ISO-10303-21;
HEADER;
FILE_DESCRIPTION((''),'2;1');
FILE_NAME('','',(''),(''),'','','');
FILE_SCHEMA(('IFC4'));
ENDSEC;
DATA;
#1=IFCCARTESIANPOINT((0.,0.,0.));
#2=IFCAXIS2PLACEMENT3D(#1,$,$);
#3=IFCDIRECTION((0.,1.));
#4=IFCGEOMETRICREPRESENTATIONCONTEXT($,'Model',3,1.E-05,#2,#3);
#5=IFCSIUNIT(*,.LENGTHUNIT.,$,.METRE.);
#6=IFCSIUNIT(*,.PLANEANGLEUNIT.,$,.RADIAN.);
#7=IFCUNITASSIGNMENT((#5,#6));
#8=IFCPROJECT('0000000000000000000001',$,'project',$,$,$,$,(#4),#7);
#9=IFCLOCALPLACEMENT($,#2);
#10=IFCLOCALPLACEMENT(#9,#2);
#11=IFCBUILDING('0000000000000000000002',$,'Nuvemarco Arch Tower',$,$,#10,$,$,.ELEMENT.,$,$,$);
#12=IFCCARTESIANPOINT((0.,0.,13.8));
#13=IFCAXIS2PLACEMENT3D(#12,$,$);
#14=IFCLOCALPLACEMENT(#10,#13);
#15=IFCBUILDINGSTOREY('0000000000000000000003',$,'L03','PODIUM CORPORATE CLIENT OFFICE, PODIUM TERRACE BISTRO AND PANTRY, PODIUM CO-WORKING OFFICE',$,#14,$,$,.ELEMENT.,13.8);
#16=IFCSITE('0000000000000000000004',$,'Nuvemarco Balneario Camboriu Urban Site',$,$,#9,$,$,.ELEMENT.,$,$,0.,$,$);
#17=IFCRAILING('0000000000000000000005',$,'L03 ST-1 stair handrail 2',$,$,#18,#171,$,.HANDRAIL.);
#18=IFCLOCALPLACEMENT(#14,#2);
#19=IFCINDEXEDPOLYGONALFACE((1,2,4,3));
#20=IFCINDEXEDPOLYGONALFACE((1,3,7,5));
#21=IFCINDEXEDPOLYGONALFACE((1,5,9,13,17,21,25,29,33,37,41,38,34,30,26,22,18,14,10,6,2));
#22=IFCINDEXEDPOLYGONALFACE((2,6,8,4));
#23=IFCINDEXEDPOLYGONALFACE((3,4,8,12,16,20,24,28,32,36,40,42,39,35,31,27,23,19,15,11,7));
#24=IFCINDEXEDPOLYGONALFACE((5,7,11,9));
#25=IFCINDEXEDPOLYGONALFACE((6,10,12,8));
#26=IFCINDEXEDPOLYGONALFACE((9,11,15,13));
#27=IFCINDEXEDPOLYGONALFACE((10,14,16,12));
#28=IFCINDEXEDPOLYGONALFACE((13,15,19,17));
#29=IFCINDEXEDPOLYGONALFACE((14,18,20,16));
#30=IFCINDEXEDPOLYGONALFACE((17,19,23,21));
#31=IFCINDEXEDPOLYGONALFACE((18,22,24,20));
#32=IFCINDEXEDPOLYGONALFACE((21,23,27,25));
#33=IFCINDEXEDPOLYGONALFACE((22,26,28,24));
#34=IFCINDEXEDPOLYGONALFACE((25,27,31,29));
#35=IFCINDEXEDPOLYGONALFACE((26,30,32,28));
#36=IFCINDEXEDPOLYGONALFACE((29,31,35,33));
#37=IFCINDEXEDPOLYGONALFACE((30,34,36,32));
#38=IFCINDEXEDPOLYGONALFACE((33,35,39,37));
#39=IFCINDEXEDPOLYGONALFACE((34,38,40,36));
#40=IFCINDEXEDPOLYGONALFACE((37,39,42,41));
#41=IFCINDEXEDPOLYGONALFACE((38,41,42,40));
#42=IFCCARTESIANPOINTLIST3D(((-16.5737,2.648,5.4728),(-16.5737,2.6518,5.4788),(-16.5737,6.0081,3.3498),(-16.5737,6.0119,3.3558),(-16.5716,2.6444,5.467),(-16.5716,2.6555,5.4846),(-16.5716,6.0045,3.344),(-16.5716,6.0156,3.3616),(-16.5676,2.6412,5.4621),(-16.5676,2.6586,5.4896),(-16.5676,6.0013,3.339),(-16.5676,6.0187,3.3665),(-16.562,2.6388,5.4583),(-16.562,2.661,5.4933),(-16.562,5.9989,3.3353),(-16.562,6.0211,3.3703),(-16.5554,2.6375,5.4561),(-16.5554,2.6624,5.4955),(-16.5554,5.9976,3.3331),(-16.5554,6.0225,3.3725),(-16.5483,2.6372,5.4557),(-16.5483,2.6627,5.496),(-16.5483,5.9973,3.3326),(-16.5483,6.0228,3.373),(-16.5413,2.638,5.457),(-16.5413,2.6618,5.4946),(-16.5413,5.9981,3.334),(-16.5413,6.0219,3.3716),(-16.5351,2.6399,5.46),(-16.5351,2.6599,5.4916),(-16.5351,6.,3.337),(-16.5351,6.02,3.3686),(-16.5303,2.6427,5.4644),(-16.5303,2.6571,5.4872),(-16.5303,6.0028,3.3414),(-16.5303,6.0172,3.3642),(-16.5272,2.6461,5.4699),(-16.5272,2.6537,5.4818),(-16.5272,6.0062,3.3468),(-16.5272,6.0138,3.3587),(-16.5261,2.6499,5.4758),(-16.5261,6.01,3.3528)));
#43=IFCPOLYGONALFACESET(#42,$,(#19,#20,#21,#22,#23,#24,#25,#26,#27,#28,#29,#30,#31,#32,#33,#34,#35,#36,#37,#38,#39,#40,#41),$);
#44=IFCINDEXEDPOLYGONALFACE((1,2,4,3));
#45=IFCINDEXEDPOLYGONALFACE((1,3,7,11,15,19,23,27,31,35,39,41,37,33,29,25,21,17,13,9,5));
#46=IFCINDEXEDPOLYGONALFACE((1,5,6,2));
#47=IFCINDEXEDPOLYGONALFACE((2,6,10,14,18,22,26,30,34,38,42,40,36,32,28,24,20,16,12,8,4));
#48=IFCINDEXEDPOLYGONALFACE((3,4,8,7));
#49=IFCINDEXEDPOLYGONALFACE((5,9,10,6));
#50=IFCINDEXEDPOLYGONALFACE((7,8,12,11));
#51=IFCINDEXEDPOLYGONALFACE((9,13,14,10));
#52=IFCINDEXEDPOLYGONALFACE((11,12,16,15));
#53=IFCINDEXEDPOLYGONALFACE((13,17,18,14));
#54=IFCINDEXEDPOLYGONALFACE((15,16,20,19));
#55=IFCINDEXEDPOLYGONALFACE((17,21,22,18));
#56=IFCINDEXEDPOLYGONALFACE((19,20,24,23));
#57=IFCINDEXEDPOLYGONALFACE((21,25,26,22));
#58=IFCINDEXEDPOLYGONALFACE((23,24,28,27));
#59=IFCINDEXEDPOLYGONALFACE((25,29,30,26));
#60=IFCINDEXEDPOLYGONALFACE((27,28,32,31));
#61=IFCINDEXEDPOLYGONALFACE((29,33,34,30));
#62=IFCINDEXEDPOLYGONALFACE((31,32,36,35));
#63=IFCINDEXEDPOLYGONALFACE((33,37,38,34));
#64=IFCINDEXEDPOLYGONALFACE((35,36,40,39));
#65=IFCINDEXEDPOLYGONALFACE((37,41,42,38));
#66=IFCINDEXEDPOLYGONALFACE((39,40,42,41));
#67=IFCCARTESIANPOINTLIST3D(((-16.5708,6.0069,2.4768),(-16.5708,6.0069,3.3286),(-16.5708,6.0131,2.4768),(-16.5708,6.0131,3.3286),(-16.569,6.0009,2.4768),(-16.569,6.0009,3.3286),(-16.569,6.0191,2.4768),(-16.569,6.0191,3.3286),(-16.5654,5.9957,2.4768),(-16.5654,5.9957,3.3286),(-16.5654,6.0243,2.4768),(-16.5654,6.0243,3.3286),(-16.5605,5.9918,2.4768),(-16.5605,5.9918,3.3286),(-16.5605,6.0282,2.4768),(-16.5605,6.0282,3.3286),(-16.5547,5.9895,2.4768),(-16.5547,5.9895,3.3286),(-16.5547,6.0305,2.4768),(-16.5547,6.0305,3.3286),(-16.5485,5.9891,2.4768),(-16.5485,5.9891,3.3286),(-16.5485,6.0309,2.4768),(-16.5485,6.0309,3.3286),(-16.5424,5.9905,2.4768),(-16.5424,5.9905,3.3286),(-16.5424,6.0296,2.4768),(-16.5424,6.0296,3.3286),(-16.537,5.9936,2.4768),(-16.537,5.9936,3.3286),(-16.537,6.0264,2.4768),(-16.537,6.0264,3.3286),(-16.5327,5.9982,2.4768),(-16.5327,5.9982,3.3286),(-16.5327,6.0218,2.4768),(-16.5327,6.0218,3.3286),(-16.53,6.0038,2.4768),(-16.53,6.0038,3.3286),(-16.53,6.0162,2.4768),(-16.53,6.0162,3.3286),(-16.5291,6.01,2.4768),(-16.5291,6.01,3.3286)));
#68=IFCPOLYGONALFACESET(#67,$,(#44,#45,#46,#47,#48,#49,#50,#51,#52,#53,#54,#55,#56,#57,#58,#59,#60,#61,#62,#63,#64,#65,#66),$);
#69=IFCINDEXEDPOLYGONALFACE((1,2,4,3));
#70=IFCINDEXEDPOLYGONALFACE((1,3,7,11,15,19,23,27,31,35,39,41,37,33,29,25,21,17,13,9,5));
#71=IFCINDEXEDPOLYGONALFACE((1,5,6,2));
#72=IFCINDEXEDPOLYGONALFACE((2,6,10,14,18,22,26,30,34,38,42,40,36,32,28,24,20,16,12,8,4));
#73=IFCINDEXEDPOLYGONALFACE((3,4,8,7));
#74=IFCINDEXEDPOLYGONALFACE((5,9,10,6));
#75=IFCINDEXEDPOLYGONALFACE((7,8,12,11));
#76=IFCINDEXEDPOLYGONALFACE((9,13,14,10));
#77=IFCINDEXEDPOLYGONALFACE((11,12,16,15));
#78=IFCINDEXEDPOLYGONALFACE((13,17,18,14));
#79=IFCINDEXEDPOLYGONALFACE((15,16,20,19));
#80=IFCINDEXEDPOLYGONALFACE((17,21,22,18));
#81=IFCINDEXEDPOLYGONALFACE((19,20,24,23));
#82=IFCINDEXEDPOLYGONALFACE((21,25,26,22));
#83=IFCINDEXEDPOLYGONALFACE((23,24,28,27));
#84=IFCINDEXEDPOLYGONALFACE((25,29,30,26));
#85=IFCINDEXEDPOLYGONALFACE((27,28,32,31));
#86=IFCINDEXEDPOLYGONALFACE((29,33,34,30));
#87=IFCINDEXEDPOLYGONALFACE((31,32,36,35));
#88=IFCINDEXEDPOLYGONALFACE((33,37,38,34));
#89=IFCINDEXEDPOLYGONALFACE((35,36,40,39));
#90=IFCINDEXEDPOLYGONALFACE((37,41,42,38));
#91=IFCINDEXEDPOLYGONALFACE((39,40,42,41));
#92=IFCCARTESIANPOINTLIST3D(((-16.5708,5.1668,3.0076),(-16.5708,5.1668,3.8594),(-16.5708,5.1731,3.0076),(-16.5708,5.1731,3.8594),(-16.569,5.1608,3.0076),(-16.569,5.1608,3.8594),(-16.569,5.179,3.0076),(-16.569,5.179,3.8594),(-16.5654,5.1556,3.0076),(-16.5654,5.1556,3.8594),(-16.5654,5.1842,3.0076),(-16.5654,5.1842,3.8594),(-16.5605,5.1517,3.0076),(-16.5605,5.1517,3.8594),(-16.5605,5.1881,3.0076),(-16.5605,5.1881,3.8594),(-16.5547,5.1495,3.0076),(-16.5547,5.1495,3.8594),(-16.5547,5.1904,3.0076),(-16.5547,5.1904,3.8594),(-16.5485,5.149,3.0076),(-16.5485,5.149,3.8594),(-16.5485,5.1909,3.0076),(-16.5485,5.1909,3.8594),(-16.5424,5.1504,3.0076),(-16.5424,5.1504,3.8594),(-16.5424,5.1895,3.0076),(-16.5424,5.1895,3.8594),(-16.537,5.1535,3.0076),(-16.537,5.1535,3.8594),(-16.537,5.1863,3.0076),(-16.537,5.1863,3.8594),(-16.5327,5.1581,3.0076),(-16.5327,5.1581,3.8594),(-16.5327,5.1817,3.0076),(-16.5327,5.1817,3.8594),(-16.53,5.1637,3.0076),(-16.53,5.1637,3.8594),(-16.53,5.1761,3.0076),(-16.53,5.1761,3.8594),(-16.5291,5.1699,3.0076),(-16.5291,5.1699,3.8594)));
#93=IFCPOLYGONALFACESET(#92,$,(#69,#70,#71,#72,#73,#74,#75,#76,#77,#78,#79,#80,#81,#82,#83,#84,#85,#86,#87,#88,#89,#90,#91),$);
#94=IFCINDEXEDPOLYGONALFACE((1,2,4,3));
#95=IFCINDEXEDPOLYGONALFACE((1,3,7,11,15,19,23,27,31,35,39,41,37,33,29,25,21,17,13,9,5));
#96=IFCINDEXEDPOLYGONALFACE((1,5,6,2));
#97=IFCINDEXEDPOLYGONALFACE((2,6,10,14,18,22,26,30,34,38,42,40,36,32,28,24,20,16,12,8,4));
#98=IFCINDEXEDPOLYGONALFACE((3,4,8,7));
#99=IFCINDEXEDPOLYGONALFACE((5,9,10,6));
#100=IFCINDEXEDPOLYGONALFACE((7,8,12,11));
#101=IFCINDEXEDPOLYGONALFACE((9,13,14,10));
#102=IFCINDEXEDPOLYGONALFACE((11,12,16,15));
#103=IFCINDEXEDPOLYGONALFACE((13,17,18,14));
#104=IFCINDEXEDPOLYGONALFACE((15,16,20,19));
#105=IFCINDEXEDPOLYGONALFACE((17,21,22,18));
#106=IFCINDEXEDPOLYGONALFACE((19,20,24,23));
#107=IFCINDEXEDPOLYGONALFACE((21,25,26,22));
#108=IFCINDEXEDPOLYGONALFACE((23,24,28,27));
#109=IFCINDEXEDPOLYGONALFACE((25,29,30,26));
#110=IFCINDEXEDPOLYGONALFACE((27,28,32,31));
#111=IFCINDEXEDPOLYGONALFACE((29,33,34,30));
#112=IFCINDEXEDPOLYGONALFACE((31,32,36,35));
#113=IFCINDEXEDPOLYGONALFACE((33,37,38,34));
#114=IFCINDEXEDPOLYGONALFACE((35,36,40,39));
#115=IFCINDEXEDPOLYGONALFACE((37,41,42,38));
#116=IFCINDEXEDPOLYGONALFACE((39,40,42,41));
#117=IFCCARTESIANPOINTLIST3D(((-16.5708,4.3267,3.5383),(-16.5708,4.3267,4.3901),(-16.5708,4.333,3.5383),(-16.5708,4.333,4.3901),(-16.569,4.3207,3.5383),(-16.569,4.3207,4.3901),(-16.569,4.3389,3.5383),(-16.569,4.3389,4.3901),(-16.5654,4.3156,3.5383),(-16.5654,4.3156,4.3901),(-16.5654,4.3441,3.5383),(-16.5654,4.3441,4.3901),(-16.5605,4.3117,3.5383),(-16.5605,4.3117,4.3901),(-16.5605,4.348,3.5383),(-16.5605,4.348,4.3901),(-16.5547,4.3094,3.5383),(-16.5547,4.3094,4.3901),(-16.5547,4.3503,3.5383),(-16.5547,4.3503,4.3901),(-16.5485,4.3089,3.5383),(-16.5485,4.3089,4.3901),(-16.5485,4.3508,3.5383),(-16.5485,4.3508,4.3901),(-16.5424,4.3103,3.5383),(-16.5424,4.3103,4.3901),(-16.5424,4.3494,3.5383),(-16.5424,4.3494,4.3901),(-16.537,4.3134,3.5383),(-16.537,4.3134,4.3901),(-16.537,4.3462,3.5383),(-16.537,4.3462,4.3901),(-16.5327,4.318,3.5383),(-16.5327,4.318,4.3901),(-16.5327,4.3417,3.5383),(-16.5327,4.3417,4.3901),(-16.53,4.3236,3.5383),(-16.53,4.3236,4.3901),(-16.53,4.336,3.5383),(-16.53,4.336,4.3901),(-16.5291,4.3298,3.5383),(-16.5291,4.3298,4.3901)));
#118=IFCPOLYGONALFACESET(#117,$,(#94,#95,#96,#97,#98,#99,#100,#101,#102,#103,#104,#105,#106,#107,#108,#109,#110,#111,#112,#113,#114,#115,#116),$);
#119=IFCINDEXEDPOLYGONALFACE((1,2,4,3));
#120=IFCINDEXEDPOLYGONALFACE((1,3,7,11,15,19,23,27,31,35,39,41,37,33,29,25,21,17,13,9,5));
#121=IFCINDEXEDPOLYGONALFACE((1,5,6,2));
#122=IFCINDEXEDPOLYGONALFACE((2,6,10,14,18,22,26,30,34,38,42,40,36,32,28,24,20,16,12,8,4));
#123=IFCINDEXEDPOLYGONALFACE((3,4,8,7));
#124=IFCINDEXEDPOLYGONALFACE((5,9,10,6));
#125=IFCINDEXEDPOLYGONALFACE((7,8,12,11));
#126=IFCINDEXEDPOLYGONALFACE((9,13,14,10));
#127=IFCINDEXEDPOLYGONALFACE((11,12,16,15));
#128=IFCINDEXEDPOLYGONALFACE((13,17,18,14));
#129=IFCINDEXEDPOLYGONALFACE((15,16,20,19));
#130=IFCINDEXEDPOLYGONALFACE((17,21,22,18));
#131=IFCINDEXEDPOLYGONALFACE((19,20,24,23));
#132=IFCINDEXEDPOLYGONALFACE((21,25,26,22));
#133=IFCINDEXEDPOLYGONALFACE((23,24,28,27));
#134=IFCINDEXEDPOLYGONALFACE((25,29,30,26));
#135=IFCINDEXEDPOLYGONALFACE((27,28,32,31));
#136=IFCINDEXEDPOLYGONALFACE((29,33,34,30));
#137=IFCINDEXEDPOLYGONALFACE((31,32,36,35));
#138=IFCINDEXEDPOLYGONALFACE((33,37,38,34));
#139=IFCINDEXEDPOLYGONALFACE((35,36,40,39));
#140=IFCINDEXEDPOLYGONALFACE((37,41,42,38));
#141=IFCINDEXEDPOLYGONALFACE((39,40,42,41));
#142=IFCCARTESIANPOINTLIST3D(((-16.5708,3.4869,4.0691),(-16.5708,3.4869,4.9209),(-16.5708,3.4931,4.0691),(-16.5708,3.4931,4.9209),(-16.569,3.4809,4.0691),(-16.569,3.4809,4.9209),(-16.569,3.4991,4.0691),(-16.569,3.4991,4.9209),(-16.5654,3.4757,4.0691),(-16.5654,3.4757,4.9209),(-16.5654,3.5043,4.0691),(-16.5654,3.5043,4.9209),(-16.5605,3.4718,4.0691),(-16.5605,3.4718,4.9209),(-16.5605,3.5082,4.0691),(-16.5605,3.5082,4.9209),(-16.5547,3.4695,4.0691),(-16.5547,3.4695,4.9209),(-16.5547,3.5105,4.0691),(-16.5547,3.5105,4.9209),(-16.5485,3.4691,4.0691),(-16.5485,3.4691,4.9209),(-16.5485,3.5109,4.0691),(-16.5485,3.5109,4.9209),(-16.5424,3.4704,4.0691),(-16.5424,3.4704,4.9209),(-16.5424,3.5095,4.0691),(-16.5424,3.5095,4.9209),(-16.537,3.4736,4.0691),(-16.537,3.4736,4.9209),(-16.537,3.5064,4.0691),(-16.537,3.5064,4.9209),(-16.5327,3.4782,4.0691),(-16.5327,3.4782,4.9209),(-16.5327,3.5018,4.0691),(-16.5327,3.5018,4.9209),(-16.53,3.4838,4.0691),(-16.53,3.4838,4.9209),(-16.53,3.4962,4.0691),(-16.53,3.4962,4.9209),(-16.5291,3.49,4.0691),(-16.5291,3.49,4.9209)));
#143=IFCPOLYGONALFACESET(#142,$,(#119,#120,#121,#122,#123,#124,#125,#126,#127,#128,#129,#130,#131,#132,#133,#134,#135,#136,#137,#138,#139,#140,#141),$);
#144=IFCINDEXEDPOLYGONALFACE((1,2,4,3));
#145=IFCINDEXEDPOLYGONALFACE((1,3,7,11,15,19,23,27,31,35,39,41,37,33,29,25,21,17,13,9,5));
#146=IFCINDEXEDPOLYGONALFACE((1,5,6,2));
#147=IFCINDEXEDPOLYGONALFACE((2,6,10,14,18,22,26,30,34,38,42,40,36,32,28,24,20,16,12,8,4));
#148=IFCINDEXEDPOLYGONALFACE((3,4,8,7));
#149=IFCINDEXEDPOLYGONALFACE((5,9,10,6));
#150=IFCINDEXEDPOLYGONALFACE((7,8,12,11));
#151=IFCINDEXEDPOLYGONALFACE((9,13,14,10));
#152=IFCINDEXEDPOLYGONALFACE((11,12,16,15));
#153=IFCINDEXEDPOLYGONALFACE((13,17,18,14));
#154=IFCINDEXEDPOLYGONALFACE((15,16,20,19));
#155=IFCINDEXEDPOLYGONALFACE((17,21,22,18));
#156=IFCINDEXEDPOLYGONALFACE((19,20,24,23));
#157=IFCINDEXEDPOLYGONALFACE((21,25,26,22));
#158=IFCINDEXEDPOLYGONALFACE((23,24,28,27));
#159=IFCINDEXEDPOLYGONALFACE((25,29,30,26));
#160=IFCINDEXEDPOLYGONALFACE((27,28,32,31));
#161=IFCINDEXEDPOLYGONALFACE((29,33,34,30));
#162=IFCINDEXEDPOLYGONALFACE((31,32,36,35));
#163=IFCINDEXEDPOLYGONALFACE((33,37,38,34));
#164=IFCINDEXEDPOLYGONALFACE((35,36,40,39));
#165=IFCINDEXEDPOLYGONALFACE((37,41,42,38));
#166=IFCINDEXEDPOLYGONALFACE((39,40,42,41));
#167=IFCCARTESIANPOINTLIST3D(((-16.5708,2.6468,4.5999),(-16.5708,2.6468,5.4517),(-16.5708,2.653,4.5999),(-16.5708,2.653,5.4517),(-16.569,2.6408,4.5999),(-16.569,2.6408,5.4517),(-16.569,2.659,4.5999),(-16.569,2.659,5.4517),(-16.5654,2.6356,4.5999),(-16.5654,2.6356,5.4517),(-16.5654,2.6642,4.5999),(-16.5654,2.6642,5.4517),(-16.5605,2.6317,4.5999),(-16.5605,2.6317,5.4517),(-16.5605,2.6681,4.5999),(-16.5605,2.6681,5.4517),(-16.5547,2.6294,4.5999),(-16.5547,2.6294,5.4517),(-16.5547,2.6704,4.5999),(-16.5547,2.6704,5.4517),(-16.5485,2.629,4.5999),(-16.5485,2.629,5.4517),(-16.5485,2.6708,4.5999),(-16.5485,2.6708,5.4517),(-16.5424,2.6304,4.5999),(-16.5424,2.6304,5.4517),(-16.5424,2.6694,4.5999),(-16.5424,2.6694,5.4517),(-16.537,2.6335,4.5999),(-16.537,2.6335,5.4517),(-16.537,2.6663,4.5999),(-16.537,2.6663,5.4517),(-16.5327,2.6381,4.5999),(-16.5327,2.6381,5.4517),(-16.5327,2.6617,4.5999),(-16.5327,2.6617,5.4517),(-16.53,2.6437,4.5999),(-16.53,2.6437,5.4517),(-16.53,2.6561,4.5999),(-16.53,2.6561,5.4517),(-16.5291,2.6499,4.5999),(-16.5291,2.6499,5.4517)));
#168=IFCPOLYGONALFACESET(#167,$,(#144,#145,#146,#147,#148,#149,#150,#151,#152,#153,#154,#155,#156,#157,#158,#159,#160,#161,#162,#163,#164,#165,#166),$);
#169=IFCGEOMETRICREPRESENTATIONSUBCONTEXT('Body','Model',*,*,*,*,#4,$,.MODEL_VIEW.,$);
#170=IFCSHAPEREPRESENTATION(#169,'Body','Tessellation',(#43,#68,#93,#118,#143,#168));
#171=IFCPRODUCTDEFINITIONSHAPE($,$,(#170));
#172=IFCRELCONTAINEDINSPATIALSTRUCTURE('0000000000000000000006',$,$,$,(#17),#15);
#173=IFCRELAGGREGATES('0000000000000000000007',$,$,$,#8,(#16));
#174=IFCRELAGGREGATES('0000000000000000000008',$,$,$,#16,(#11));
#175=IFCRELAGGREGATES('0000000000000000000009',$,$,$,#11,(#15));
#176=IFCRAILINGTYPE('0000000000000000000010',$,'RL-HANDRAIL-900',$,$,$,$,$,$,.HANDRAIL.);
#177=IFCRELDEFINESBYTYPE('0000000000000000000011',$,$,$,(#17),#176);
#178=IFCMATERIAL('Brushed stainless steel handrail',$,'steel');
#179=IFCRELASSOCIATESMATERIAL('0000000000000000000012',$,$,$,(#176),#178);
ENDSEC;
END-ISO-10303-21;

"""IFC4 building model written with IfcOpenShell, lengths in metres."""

from ifc_helpers import new_model, si_unit, direction, frame, origin, origin_2d, place, context, subcontext, project, spatial, circle, extrude, material, type_object, element, save


model = new_model("IFC4")

# Units and contexts
model_context = context("Model", 3, precision=1e-05, world=origin(), true_north=direction((0.0, 1.0)))
body_context = subcontext(model_context, "Body", "Model", "MODEL_VIEW")
ifc_project = project(units=[si_unit("LENGTHUNIT", "METRE"), si_unit("PLANEANGLEUNIT", "RADIAN")], contexts=[model_context])

# Site, building, storey
site_placement = place(None, origin())
site = spatial("IfcSite", under=ifc_project, at=site_placement, Name="Nuvemarco Balneario Camboriu Urban Site", CompositionType="ELEMENT", RefElevation=0.0)
building_placement = place(site_placement, origin())
building = spatial("IfcBuilding", under=site, at=building_placement, Name="Nuvemarco Arch Tower", CompositionType="ELEMENT")
storey_placement = place(building_placement, frame((0.0, 0.0, 13.8)))
storey = spatial("IfcBuildingStorey", under=building, at=storey_placement, Name="L03", Description="PODIUM CORPORATE CLIENT OFFICE, PODIUM TERRACE BISTRO AND PANTRY, PODIUM CO-WORKING OFFICE", CompositionType="ELEMENT", Elevation=13.8)

# Railing
ifc_material_1 = material(Name="Brushed stainless steel handrail", Category="steel")
railing_type_1 = type_object("IfcRailingType", Name="RL-HANDRAIL-900", PredefinedType="HANDRAIL", material=ifc_material_1)
railing_1_placement = place(storey_placement, frame((-16.55, 6.01, 2.4768)))
element("IfcRailing", 1, at=railing_1_placement, inside=storey, type_object=railing_type_1, Name="L03 ST-1 stair handrail 2", PredefinedType="HANDRAIL", context=body_context, shape_type="SweptSolid", body=[
    extrude(circle(Radius=0.0239, at=origin_2d()), frame((0.0, 0.0, 0.876), z_axis=(0.0, -0.84539, 0.53415), x_axis=(1.0, 0.0, 0.0)), (0.0, 0.0, 1.0), 3.9746),
    extrude(circle(Radius=0.021, at=origin_2d()), origin(), (0.0, 0.0, 1.0), 0.8518),
    extrude(circle(Radius=0.021, at=origin_2d()), frame((0.0, -0.8401, 0.5308)), (0.0, 0.0, 1.0), 0.8518),
    extrude(circle(Radius=0.021, at=origin_2d()), frame((0.0, -1.6802, 1.0615)), (0.0, 0.0, 1.0), 0.8518),
    extrude(circle(Radius=0.021, at=origin_2d()), frame((0.0, -2.52, 1.5923)), (0.0, 0.0, 1.0), 0.8518),
    extrude(circle(Radius=0.021, at=origin_2d()), frame((0.0, -3.3601, 2.123)), (0.0, 0.0, 1.0), 0.8518),
])

save(model, "model.ifc")
